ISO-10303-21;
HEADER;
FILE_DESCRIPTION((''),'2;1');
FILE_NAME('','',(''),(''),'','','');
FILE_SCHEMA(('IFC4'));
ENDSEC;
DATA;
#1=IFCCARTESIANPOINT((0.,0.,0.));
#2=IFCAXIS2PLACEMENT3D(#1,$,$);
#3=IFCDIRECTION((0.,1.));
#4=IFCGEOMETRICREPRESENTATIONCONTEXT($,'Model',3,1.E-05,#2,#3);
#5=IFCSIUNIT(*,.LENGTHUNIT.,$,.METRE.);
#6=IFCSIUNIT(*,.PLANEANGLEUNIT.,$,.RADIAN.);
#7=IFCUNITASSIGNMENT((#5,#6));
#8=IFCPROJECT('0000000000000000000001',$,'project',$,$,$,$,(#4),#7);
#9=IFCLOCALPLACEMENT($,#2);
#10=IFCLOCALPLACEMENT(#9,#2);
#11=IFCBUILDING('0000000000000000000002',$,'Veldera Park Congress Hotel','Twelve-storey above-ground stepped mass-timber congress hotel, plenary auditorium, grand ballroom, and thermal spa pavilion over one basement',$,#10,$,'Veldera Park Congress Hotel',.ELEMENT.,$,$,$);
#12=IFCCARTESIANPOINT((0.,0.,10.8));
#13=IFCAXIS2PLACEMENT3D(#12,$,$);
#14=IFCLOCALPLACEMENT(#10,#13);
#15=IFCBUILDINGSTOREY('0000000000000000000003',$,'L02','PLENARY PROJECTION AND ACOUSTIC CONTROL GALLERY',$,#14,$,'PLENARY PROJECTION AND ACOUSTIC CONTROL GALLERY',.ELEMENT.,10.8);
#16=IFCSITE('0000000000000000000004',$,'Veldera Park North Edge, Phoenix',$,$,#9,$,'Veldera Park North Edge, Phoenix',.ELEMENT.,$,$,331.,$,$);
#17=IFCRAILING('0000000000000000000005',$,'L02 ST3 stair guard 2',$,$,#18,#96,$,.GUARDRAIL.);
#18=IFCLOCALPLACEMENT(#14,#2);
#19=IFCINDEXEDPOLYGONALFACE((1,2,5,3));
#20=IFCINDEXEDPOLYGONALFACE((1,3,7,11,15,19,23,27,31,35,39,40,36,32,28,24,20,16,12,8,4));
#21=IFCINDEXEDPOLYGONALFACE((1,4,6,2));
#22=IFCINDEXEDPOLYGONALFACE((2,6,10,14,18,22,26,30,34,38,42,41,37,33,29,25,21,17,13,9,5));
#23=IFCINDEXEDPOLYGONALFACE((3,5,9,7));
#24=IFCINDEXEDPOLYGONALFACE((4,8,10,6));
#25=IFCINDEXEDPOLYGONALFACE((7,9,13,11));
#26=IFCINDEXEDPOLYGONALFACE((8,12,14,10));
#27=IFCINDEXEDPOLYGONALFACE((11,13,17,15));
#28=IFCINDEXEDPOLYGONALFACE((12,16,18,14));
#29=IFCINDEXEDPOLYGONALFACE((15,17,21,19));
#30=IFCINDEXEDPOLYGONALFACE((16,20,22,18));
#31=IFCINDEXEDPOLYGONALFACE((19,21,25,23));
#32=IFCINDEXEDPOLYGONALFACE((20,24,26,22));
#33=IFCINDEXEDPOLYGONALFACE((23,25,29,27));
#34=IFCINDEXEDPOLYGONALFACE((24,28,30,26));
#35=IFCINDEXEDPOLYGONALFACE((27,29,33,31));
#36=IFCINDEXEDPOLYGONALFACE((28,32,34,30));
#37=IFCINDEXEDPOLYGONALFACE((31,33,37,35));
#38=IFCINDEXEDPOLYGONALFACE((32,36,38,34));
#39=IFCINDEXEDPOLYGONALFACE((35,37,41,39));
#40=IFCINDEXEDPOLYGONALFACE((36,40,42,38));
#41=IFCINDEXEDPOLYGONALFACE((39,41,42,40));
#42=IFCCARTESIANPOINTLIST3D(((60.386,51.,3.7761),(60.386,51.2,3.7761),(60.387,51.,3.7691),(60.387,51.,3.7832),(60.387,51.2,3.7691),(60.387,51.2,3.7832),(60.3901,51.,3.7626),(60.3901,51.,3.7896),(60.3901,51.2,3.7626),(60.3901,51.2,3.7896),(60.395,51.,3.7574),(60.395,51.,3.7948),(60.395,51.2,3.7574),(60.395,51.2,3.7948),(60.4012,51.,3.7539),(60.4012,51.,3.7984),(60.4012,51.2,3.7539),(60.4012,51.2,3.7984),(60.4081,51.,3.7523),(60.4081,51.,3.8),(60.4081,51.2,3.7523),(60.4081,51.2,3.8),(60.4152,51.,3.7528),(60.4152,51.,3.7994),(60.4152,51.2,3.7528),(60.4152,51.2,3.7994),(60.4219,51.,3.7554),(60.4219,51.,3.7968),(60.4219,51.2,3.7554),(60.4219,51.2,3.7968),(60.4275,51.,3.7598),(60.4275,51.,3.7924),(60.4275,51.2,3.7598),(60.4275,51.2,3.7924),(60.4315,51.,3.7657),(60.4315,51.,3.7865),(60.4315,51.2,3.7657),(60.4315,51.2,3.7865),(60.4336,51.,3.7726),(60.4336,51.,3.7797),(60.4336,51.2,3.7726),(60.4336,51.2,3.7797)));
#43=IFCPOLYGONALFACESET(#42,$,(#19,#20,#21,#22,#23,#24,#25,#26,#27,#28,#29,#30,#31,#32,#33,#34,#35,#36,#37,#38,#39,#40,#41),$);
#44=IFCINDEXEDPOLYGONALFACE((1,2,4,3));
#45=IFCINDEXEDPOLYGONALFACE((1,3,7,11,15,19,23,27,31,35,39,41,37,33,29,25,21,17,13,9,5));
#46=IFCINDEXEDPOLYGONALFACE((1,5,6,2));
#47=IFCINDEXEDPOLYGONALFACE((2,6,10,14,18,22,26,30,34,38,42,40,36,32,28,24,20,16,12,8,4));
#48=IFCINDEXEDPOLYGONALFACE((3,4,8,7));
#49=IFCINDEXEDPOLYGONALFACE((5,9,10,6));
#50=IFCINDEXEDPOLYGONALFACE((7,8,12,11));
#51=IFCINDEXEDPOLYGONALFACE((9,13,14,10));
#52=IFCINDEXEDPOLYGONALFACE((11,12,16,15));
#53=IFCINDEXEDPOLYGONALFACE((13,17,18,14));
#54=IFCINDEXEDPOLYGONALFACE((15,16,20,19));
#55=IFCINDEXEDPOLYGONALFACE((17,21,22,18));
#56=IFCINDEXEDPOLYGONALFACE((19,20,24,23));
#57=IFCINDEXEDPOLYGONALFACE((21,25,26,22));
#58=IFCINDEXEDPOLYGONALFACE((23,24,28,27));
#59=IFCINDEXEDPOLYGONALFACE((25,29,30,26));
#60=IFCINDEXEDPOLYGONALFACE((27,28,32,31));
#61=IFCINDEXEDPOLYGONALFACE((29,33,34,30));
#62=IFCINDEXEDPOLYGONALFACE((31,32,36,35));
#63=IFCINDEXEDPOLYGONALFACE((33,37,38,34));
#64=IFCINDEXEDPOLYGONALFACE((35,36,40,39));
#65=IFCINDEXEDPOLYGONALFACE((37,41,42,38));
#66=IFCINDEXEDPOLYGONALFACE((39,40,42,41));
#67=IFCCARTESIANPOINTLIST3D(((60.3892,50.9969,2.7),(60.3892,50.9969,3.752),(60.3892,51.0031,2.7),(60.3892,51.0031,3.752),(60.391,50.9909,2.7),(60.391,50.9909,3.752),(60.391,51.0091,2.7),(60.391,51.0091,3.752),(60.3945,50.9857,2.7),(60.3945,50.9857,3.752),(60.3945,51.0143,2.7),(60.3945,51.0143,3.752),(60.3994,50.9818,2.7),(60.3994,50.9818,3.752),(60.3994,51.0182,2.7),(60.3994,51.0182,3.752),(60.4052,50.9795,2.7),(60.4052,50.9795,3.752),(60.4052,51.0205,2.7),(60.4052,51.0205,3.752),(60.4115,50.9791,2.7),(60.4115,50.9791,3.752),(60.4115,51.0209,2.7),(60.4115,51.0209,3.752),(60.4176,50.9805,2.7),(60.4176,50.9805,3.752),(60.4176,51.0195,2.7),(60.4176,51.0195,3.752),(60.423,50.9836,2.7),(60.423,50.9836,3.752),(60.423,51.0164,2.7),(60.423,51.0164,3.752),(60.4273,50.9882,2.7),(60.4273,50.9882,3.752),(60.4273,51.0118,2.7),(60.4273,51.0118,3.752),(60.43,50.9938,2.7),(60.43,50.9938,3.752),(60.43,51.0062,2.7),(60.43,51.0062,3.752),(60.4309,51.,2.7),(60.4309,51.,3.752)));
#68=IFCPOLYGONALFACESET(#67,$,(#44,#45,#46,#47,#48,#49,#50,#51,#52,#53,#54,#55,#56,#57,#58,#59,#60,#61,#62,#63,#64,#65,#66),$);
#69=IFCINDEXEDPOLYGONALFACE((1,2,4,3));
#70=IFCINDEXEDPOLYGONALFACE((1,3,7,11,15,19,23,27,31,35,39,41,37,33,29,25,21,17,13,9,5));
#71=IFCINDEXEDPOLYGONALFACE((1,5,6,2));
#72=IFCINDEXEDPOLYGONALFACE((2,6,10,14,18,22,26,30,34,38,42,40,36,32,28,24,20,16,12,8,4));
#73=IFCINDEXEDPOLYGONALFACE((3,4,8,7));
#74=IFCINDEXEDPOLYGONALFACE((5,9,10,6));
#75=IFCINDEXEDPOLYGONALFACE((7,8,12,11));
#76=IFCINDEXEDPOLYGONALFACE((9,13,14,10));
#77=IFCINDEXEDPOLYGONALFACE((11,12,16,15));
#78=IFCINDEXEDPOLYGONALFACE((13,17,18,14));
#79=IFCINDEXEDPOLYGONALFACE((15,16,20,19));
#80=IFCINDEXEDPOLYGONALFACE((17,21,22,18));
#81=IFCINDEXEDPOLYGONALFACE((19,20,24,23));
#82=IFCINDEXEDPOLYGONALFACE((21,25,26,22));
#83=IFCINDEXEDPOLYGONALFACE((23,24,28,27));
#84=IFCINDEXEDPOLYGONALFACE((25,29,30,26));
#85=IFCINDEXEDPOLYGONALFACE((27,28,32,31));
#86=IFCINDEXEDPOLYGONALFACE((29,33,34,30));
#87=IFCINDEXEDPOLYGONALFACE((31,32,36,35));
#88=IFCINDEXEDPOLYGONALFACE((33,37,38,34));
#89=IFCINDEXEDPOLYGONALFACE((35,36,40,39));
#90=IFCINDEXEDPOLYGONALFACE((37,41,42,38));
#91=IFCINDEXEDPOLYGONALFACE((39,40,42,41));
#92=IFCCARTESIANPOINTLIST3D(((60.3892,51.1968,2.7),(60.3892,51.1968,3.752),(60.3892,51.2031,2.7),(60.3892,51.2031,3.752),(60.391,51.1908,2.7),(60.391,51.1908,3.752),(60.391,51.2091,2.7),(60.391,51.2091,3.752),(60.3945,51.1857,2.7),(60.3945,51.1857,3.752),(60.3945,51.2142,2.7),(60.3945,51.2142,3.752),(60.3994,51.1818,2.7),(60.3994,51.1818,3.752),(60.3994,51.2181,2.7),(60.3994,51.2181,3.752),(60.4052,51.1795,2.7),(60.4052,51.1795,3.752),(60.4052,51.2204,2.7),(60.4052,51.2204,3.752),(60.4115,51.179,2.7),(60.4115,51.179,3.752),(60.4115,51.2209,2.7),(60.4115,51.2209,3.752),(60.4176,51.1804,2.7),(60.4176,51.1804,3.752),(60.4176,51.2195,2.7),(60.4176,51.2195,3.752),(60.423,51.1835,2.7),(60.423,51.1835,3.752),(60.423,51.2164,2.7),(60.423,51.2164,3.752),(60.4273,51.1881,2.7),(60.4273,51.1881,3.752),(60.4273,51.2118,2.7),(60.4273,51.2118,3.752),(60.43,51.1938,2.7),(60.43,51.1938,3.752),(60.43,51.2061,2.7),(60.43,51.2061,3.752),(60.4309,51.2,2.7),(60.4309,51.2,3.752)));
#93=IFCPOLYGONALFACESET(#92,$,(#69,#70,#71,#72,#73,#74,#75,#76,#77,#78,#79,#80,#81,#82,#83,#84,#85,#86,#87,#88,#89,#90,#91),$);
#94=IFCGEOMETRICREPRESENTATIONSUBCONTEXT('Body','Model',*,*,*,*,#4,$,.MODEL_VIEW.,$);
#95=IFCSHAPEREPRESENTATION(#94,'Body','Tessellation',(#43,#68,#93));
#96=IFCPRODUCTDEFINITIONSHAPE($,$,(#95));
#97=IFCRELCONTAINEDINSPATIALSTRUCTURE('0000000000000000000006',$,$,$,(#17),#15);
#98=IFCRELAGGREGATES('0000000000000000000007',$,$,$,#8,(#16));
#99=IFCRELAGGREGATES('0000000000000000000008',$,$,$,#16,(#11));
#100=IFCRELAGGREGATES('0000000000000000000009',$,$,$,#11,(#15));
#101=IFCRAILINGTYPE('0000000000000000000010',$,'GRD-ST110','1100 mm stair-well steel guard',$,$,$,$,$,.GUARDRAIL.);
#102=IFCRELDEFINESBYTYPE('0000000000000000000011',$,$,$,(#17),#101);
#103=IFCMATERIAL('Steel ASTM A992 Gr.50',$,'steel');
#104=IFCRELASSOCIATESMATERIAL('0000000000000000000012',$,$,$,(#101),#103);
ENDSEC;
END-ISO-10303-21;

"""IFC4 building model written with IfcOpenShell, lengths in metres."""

from ifc_helpers import new_model, si_unit, direction, frame, origin, origin_2d, place, context, subcontext, project, spatial, circle, extrude, material, type_object, element, save


model = new_model("IFC4")

# Units and contexts
model_context = context("Model", 3, precision=1e-05, world=origin(), true_north=direction((0.0, 1.0)))
body_context = subcontext(model_context, "Body", "Model", "MODEL_VIEW")
ifc_project = project(units=[si_unit("LENGTHUNIT", "METRE"), si_unit("PLANEANGLEUNIT", "RADIAN")], contexts=[model_context])

# Site, building, storey
site_placement = place(None, origin())
site = spatial("IfcSite", under=ifc_project, at=site_placement, Name="Veldera Park North Edge, Phoenix", LongName="Veldera Park North Edge, Phoenix", CompositionType="ELEMENT", RefElevation=331.0)
building_placement = place(site_placement, origin())
building = spatial("IfcBuilding", under=site, at=building_placement, Name="Veldera Park Congress Hotel", Description="Twelve-storey above-ground stepped mass-timber congress hotel, plenary auditorium, grand ballroom, and thermal spa pavilion over one basement", LongName="Veldera Park Congress Hotel", CompositionType="ELEMENT")
storey_placement = place(building_placement, frame((0.0, 0.0, 10.8)))
storey = spatial("IfcBuildingStorey", under=building, at=storey_placement, Name="L02", Description="PLENARY PROJECTION AND ACOUSTIC CONTROL GALLERY", LongName="PLENARY PROJECTION AND ACOUSTIC CONTROL GALLERY", CompositionType="ELEMENT", Elevation=10.8)

# Shared definitions
ifc_material_1 = material(Name="Steel ASTM A992 Gr.50", Category="steel")

# Railing
railing_type_1 = type_object("IfcRailingType", Name="GRD-ST110", Description="1100 mm stair-well steel guard", PredefinedType="GUARDRAIL", material=ifc_material_1)
railing_1_placement = place(storey_placement, frame((60.4099, 51.0, 2.7)))
element("IfcRailing", 1, at=railing_1_placement, inside=storey, type_object=railing_type_1, Name="L02 ST3 stair guard 2", PredefinedType="GUARDRAIL", context=body_context, shape_type="SweptSolid", body=[
    extrude(circle(Radius=0.0239, at=origin_2d()), frame((0.0, 0.0, 1.0762), z_axis=(0.0, 1.0, 0.0), x_axis=(-1.0, 0.0, 0.0)), (0.0, 0.0, 1.0), 0.2),
    extrude(circle(Radius=0.021, at=origin_2d()), origin(), (0.0, 0.0, 1.0), 1.052),
    extrude(circle(Radius=0.021, at=origin_2d()), frame((0.0, 0.2, 0.0)), (0.0, 0.0, 1.0), 1.052),
])

save(model, "model.ifc")
